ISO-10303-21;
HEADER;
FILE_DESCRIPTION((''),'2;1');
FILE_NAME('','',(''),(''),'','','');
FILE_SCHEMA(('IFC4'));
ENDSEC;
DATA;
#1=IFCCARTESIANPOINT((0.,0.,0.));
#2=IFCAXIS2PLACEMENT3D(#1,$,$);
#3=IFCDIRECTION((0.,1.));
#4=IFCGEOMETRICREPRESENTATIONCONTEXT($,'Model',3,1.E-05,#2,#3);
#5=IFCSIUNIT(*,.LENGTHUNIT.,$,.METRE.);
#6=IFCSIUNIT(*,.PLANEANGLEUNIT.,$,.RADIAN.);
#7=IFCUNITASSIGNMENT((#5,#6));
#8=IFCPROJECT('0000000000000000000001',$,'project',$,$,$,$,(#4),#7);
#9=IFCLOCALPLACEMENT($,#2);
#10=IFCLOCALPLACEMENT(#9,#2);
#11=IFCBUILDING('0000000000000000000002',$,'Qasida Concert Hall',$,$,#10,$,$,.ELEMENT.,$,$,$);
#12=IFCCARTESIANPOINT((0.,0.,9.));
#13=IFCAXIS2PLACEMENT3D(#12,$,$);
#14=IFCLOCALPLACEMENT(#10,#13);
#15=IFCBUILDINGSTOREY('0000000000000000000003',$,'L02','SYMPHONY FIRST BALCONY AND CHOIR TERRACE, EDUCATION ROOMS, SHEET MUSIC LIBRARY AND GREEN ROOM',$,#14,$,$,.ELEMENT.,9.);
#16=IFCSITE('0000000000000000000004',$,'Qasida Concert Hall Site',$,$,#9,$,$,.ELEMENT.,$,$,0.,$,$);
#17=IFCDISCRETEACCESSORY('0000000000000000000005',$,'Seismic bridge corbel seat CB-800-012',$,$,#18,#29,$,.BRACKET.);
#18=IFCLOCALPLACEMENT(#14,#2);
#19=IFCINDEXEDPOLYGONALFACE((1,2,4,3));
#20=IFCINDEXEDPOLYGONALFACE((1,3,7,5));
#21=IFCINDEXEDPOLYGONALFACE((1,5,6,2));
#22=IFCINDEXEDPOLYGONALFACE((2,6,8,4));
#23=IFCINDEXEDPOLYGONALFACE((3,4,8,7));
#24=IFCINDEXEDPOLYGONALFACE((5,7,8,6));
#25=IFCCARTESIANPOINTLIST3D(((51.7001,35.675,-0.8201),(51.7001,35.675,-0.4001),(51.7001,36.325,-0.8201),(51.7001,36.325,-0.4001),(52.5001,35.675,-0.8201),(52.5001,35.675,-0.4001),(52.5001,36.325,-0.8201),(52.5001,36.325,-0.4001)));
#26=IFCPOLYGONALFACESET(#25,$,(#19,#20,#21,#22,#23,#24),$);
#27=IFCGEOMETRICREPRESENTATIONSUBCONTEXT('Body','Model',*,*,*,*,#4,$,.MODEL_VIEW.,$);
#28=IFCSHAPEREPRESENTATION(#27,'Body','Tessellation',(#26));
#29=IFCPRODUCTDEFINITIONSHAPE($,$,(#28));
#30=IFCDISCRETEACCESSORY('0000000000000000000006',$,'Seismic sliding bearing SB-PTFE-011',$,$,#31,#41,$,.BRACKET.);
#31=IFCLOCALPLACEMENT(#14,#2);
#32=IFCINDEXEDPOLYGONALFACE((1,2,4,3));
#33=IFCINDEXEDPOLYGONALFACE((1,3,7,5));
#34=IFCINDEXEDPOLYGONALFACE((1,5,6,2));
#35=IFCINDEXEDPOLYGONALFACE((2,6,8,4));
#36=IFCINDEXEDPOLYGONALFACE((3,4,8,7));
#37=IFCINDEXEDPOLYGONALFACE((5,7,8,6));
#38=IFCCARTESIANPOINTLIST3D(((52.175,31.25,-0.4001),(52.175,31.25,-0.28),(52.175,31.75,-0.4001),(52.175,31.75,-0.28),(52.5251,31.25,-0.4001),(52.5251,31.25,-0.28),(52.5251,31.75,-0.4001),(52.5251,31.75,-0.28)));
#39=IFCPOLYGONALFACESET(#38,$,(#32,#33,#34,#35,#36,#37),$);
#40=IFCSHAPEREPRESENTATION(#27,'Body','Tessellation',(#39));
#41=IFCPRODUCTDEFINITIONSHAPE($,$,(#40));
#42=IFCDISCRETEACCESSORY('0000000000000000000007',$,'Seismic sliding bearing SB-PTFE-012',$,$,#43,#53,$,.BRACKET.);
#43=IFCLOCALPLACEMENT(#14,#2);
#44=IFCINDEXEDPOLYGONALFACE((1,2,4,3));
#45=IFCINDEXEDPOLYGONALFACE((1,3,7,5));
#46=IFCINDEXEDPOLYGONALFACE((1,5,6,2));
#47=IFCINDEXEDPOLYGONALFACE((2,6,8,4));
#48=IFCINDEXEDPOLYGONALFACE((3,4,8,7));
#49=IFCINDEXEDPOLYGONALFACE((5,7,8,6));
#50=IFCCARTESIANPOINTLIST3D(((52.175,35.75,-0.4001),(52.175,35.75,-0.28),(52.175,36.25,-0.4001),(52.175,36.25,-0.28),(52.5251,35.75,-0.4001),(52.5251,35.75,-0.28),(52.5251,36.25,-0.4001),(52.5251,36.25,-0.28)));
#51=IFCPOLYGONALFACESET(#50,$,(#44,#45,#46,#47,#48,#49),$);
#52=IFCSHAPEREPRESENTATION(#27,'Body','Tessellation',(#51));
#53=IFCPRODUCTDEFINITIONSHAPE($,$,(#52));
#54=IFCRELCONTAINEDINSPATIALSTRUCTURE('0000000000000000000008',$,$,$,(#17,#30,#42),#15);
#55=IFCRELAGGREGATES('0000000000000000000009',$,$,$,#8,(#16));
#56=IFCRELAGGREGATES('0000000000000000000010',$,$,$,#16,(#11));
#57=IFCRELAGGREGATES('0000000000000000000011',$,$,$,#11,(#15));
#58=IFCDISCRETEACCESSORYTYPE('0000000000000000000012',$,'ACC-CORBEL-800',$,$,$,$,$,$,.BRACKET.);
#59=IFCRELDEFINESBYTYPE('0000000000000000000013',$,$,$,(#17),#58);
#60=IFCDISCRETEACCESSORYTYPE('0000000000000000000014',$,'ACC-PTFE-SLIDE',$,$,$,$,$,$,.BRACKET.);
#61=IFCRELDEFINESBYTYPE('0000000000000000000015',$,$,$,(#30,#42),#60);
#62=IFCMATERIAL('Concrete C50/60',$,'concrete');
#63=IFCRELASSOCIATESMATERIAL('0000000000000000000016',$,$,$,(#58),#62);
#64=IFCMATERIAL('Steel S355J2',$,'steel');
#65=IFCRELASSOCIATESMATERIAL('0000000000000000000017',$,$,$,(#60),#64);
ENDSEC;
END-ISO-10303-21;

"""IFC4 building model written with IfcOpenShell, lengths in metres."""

from ifc_helpers import new_model, si_unit, direction, frame, origin, origin_2d, place, context, subcontext, project, spatial, rectangle, extrude, material, type_object, element, save


model = new_model("IFC4")

# Units and contexts
model_context = context("Model", 3, precision=1e-05, world=origin(), true_north=direction((0.0, 1.0)))
body_context = subcontext(model_context, "Body", "Model", "MODEL_VIEW")
ifc_project = project(units=[si_unit("LENGTHUNIT", "METRE"), si_unit("PLANEANGLEUNIT", "RADIAN")], contexts=[model_context])

# Site, building, storey
site_placement = place(None, origin())
site = spatial("IfcSite", under=ifc_project, at=site_placement, Name="Qasida Concert Hall Site", CompositionType="ELEMENT", RefElevation=0.0)
building_placement = place(site_placement, origin())
building = spatial("IfcBuilding", under=site, at=building_placement, Name="Qasida Concert Hall", CompositionType="ELEMENT")
storey_placement = place(building_placement, frame((0.0, 0.0, 9.0)))
storey = spatial("IfcBuildingStorey", under=building, at=storey_placement, Name="L02", Description="SYMPHONY FIRST BALCONY AND CHOIR TERRACE, EDUCATION ROOMS, SHEET MUSIC LIBRARY AND GREEN ROOM", CompositionType="ELEMENT", Elevation=9.0)

# Shared definitions
ifc_material_1 = material(Name="Concrete C50/60", Category="concrete")

# Discrete accessories
ifc_material_2 = material(Name="Steel S355J2", Category="steel")
discrete_accessory_type_1 = type_object("IfcDiscreteAccessoryType", Name="ACC-CORBEL-800", PredefinedType="BRACKET", material=ifc_material_1)
for number, where, z_axis, x_axis, name in (
    (1, (52.1001, 36.0, -0.8201), (0.0, 0.0, 1.0), (1.0, 0.0, 0.0), "Seismic bridge corbel seat CB-800-012"),
):
    element("IfcDiscreteAccessory", number, at=place(storey_placement, frame(where, z_axis=z_axis, x_axis=x_axis)), inside=storey, type_object=discrete_accessory_type_1, Name=name, PredefinedType="BRACKET", context=body_context, shape_type="SweptSolid", body=[
        extrude(rectangle(XDim=0.8, YDim=0.6499, at=origin_2d()), origin(), (0.0, 0.0, 1.0), 0.4199),
    ])
discrete_accessory_type_2 = type_object("IfcDiscreteAccessoryType", Name="ACC-PTFE-SLIDE", PredefinedType="BRACKET", material=ifc_material_2)
for number, where, z_axis, x_axis, name in (
    (2, (52.3501, 31.5, -0.4001), (0.0, 0.0, 1.0), (1.0, 0.0, 0.0), "Seismic sliding bearing SB-PTFE-011"),
    (3, (52.3501, 36.0, -0.4001), (0.0, 0.0, 1.0), (1.0, 0.0, 0.0), "Seismic sliding bearing SB-PTFE-012"),
):
    element("IfcDiscreteAccessory", number, at=place(storey_placement, frame(where, z_axis=z_axis, x_axis=x_axis)), inside=storey, type_object=discrete_accessory_type_2, Name=name, PredefinedType="BRACKET", context=body_context, shape_type="SweptSolid", body=[
        extrude(rectangle(XDim=0.3501, YDim=0.5, at=origin_2d()), origin(), (0.0, 0.0, 1.0), 0.1201),
    ])

save(model, "model.ifc")
